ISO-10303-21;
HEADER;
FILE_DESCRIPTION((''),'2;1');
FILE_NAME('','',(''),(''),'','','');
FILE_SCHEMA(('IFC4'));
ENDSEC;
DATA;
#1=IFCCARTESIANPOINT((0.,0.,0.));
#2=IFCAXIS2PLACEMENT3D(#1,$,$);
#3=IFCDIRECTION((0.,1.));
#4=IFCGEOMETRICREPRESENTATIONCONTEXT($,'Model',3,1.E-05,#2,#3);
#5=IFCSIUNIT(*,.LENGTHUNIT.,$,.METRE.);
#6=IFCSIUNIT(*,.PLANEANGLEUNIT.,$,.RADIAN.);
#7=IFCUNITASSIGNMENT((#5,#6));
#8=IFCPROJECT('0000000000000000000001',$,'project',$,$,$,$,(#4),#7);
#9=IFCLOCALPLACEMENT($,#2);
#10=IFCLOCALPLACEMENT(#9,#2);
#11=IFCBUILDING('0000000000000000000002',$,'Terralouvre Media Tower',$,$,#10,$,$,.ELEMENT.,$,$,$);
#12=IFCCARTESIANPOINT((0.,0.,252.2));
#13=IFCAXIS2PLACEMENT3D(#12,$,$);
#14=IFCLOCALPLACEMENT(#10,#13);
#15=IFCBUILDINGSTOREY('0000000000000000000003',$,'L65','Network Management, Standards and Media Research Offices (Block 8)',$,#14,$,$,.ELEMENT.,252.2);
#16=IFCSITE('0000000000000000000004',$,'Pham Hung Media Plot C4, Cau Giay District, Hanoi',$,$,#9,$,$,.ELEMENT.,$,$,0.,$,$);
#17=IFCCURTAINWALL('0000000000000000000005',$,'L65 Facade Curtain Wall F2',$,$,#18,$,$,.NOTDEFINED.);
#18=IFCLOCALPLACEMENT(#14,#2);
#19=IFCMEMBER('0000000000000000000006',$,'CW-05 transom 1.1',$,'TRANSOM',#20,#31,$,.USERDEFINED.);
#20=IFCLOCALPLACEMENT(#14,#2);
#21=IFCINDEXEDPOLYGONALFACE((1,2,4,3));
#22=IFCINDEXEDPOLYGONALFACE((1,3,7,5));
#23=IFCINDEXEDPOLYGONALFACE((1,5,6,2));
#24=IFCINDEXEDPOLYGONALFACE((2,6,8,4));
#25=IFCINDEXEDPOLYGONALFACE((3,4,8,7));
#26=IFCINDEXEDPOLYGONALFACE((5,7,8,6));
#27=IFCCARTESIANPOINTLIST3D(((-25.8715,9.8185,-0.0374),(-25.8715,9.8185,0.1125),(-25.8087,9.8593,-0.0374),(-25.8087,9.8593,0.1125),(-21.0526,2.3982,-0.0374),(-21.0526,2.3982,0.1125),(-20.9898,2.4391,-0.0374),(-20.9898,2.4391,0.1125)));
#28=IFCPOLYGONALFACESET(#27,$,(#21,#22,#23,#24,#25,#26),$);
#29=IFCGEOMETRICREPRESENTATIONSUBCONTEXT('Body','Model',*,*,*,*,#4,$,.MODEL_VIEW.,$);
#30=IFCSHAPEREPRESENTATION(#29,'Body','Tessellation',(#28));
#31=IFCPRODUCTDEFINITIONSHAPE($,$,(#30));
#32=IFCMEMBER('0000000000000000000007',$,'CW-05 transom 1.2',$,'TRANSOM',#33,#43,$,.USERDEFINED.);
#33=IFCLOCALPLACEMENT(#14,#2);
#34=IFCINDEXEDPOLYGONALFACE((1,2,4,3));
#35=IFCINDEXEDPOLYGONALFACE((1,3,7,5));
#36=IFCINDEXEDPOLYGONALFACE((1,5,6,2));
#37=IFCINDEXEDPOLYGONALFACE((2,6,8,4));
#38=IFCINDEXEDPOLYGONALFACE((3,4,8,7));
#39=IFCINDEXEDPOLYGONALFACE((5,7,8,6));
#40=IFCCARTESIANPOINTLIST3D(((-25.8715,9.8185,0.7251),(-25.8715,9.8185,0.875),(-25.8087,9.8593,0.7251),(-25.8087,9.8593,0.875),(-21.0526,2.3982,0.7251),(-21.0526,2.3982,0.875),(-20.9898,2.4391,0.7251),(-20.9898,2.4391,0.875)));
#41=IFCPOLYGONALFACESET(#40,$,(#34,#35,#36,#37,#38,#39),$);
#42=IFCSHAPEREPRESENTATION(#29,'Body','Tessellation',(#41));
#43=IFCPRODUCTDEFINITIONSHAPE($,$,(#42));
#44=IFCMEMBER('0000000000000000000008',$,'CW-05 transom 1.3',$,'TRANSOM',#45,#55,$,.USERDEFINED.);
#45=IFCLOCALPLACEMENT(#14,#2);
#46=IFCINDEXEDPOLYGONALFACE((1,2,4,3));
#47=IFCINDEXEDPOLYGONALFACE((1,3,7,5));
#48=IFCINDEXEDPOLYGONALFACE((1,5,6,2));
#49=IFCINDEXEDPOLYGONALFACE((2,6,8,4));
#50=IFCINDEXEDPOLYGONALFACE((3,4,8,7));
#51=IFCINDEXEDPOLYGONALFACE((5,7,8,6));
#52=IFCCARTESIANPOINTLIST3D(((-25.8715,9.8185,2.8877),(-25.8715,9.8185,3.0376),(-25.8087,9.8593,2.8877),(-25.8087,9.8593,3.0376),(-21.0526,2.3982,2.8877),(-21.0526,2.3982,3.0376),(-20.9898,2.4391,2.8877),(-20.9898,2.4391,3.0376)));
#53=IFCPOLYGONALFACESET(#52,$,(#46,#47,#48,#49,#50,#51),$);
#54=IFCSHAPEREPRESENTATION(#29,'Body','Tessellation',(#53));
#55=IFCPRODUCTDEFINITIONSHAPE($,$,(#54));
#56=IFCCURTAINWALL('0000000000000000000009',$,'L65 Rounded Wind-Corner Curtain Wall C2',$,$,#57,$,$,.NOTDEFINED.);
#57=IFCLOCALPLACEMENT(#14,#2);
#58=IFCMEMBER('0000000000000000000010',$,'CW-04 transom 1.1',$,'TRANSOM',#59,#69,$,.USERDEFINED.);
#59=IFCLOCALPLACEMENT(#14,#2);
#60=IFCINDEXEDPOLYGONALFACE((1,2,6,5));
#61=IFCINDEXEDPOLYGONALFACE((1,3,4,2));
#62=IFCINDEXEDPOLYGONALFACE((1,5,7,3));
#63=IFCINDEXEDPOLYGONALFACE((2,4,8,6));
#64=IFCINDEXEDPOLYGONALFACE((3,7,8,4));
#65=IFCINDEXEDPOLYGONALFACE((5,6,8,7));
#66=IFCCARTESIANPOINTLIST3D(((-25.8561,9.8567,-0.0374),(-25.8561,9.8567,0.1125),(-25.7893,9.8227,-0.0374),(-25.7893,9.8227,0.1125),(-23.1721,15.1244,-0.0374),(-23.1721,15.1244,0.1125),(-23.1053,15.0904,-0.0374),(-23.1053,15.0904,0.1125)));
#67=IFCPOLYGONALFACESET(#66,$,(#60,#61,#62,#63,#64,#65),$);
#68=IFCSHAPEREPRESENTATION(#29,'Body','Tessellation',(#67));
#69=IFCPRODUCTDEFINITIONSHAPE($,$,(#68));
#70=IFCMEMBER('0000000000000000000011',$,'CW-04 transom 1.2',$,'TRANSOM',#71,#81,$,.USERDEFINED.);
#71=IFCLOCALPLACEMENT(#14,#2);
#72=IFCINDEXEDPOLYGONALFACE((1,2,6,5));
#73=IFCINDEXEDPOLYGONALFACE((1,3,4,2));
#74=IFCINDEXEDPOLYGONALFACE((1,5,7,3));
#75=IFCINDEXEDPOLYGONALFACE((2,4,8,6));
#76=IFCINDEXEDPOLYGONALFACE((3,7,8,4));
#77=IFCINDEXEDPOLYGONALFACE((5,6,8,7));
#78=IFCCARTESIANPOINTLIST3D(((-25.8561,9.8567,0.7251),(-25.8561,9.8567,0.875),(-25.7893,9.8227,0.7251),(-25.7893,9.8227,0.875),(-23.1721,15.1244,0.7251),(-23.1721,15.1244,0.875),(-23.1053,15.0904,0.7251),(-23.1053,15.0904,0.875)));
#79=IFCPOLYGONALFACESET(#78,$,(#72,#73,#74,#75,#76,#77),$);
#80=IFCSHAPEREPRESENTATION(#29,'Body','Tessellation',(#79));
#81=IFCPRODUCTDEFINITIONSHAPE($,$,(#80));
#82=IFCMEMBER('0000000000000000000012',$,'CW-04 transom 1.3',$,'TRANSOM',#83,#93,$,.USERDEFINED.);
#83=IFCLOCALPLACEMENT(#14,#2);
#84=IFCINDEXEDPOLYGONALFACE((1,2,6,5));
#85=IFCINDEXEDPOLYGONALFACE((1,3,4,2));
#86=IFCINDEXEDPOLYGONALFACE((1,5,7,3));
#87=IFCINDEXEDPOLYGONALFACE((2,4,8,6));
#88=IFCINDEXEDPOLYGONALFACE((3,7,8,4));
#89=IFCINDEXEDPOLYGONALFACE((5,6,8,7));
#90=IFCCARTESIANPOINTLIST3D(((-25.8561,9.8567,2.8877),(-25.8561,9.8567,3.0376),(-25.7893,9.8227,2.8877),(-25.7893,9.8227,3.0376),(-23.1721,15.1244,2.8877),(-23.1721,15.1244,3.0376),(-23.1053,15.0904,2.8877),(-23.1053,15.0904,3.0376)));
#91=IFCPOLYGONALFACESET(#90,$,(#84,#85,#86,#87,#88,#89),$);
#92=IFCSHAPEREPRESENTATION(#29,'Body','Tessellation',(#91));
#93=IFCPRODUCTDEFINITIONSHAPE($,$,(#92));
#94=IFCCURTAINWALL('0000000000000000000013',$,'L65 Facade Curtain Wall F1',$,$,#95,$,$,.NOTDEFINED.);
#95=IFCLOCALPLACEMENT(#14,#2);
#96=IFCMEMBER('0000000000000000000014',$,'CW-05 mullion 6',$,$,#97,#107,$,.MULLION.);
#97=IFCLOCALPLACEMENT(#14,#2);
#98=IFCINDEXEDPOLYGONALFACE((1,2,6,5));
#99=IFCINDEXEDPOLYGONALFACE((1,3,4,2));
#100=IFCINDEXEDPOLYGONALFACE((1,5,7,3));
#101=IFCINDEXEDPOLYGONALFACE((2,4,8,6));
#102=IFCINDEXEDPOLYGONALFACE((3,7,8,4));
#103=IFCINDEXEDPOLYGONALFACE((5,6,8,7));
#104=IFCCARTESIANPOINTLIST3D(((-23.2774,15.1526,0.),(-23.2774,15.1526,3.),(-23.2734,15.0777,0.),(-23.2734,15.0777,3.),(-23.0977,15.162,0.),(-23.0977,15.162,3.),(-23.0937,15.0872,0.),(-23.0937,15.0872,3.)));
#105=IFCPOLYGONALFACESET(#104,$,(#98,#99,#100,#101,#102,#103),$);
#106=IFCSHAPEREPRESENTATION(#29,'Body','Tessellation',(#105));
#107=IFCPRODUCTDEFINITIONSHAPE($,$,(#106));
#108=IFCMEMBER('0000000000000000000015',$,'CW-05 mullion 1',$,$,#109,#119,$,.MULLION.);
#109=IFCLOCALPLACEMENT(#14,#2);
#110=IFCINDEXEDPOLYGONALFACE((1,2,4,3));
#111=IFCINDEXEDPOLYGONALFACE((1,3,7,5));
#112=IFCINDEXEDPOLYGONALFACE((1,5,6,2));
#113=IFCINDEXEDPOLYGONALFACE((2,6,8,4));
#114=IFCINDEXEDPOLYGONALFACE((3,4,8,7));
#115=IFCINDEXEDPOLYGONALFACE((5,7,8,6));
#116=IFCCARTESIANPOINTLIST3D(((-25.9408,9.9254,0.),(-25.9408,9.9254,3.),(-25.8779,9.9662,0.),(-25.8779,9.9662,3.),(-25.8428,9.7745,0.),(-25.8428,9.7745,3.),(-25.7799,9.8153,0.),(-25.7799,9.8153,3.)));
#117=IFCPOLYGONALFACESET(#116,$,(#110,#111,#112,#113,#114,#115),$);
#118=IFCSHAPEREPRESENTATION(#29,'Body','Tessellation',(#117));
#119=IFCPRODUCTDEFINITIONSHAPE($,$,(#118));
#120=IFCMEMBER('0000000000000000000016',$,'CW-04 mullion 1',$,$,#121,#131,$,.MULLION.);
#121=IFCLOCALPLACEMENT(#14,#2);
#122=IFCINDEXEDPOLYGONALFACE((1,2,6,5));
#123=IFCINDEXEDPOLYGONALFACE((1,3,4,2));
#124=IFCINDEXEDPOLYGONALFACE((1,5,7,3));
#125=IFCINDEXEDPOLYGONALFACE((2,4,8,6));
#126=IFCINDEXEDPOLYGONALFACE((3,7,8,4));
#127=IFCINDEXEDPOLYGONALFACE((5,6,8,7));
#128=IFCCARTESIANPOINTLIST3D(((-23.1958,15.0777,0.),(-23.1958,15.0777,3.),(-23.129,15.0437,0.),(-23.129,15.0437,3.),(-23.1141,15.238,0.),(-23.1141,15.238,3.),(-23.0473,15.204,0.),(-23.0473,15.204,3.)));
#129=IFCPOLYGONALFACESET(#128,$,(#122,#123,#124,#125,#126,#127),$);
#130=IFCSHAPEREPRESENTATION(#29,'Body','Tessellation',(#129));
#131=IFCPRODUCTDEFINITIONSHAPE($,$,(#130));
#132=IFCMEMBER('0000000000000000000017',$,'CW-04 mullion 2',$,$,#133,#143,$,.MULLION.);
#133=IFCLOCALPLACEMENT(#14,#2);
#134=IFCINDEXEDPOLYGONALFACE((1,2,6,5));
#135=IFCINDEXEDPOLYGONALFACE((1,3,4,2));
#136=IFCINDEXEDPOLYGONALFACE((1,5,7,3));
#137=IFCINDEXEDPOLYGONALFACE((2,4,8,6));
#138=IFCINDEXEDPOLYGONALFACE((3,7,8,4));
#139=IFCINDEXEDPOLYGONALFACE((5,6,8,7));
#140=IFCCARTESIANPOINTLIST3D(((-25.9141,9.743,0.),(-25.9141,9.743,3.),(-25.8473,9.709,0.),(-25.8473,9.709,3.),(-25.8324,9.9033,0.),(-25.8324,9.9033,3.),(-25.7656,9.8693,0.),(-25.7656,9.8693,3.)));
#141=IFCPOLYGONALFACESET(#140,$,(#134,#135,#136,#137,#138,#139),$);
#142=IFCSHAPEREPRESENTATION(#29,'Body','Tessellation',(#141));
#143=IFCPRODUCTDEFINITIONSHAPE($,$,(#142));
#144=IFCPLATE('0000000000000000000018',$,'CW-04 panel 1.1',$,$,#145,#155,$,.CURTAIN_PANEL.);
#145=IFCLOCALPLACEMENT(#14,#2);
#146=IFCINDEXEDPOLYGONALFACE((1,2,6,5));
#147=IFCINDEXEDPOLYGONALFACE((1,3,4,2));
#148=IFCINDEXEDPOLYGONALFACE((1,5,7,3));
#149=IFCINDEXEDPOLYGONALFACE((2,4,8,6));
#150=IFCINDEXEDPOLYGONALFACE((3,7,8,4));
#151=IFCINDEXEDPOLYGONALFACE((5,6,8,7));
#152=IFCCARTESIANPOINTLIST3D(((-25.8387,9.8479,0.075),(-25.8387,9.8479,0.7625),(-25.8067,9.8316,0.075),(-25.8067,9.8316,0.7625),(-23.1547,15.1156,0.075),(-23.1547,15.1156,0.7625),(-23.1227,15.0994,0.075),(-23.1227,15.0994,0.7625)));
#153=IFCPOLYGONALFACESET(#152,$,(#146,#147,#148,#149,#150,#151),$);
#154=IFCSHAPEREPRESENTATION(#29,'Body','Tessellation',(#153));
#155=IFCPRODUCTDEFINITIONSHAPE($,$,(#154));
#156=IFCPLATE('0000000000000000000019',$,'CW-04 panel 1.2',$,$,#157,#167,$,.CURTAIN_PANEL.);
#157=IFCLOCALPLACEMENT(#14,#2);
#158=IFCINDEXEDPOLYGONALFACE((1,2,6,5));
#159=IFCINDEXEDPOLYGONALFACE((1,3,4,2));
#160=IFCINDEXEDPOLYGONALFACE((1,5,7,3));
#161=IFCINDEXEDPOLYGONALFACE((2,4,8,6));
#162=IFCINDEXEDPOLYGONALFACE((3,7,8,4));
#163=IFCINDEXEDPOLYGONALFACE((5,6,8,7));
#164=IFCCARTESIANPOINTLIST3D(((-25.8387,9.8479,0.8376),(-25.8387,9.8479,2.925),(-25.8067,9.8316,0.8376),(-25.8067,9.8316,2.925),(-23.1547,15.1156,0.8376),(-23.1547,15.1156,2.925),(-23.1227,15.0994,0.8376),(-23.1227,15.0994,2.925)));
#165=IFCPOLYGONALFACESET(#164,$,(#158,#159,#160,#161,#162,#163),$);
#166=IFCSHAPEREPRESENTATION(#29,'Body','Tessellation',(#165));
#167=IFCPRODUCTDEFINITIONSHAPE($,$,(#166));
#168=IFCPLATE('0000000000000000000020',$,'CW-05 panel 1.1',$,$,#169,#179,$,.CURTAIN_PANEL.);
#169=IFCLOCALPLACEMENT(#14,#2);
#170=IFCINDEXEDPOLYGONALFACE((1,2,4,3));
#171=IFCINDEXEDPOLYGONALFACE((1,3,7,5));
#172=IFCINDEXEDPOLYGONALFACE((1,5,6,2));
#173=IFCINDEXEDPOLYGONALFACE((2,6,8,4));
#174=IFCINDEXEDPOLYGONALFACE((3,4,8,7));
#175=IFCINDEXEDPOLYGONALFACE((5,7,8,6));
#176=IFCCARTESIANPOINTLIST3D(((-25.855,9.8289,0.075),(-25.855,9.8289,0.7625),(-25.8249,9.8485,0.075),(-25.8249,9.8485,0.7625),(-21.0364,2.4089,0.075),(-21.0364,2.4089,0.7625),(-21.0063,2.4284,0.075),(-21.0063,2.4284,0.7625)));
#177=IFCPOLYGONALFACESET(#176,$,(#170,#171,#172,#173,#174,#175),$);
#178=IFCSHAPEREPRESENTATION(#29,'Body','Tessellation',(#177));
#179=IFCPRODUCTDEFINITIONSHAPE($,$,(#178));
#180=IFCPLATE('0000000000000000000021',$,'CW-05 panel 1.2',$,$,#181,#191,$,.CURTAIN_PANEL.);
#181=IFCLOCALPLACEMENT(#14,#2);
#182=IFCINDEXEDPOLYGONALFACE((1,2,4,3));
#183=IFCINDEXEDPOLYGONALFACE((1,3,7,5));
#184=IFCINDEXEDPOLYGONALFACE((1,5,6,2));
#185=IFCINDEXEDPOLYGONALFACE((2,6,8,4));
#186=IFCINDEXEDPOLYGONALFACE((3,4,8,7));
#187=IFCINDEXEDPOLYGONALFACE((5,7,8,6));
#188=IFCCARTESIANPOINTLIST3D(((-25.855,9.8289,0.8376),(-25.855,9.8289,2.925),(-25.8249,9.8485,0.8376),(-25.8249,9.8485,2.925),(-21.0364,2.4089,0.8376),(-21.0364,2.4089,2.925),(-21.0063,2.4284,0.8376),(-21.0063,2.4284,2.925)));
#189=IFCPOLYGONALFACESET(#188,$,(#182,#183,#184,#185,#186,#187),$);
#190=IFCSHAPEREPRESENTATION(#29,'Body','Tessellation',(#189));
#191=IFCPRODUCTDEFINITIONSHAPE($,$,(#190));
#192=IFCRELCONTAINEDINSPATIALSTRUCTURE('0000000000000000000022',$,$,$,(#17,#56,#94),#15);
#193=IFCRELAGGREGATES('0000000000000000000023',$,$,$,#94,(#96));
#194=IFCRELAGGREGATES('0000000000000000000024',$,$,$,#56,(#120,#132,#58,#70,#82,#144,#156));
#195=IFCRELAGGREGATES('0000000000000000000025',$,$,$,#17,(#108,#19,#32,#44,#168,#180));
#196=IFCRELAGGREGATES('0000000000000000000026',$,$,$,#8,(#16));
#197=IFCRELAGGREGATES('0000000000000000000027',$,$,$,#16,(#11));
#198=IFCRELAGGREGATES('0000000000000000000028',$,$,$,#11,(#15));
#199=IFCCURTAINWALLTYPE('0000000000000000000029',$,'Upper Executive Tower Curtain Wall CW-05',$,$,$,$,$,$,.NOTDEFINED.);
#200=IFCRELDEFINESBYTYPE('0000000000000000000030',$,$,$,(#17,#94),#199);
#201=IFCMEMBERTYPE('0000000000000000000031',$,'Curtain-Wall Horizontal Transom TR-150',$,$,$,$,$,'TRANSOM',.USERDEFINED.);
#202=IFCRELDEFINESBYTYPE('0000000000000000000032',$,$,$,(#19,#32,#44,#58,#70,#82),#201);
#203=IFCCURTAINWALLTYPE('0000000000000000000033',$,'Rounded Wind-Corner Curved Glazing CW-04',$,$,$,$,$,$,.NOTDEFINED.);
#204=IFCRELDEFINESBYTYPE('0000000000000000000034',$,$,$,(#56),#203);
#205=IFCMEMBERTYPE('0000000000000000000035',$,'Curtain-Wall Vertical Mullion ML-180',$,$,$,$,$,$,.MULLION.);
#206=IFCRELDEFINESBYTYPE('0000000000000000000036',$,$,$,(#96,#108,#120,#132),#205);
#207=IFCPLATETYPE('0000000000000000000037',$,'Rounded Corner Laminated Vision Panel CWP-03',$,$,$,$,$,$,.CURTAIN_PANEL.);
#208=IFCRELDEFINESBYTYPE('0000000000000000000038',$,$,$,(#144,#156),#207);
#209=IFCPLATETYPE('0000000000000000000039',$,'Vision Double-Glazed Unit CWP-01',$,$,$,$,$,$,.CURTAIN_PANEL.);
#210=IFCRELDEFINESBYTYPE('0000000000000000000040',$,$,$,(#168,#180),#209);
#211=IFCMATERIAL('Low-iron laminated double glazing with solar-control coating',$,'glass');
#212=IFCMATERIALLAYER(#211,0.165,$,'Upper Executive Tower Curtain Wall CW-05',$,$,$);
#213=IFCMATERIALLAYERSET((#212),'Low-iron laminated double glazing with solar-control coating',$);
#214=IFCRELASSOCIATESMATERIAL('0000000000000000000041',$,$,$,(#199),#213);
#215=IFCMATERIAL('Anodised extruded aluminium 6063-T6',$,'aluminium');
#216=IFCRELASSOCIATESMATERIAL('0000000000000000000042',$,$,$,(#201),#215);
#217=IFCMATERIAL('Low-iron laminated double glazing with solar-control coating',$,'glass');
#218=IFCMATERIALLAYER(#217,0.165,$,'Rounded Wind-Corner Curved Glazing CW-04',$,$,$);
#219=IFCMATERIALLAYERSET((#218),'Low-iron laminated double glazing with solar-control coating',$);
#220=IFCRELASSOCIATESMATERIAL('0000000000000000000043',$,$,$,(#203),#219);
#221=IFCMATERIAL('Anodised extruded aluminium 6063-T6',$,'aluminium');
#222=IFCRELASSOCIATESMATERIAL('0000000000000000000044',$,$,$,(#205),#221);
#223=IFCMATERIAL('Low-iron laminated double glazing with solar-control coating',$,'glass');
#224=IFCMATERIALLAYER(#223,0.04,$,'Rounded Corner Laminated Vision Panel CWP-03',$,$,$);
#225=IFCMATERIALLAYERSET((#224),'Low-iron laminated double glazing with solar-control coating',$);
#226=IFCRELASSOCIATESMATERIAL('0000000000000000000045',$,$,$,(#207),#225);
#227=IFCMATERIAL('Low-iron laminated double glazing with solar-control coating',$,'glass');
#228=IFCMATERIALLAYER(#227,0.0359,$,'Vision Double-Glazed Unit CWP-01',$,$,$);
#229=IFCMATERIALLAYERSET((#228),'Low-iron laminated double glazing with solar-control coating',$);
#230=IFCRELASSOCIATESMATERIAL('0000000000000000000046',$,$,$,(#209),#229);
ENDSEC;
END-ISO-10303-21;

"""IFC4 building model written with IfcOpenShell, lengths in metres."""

from ifc_helpers import new_model, si_unit, direction, frame, origin, origin_2d, place, context, subcontext, project, spatial, rectangle, extrude, material, layer, layer_set, material_profile, profile_set, type_object, element, aggregate, save


model = new_model("IFC4")

# Units and contexts
model_context = context("Model", 3, precision=1e-05, world=origin(), true_north=direction((0.0, 1.0)))
body_context = subcontext(model_context, "Body", "Model", "MODEL_VIEW")
ifc_project = project(units=[si_unit("LENGTHUNIT", "METRE"), si_unit("PLANEANGLEUNIT", "RADIAN")], contexts=[model_context])

# Site, building, storey
site_placement = place(None, origin())
site = spatial("IfcSite", under=ifc_project, at=site_placement, Name="Pham Hung Media Plot C4, Cau Giay District, Hanoi", CompositionType="ELEMENT", RefElevation=0.0)
building_placement = place(site_placement, origin())
building = spatial("IfcBuilding", under=site, at=building_placement, Name="Terralouvre Media Tower", CompositionType="ELEMENT")
storey_placement = place(building_placement, frame((0.0, 0.0, 252.2)))
storey = spatial("IfcBuildingStorey", under=building, at=storey_placement, Name="L65", Description="Network Management, Standards and Media Research Offices (Block 8)", CompositionType="ELEMENT", Elevation=252.2)

# Curtain walls, members
ifc_material_1 = material(Name="Low-iron laminated double glazing with solar-control coating", Category="glass")
ifc_layer_1 = layer(ifc_material_1, 0.165, Name="Upper Executive Tower Curtain Wall CW-05")
ifc_layer_set_1 = layer_set([ifc_layer_1], Name="Low-iron laminated double glazing with solar-control coating")
curtain_wall_type_1 = type_object("IfcCurtainWallType", Name="Upper Executive Tower Curtain Wall CW-05", PredefinedType="NOTDEFINED", material=ifc_layer_set_1)
curtain_wall_1_placement = place(storey_placement, origin())
curtain_wall_1 = element("IfcCurtainWall", 1, at=curtain_wall_1_placement, inside=storey, type_object=curtain_wall_type_1, Name="L65 Facade Curtain Wall F2", PredefinedType="NOTDEFINED")
ifc_material_2 = material(Name="Anodised extruded aluminium 6063-T6", Category="aluminium")
ifc_material_profile_1 = material_profile(ifc_material_2, rectangle(XDim=0.075, YDim=0.1499, at=origin_2d()), Name="ALU 75x150")
ifc_profile_set_1 = profile_set([ifc_material_profile_1], Name="Anodised extruded aluminium 6063-T6")
member_type_1 = type_object("IfcMemberType", Name="Curtain-Wall Horizontal Transom TR-150", ElementType="TRANSOM", PredefinedType="USERDEFINED", material=ifc_profile_set_1)
member_1_placement = place(storey_placement, frame((-25.8401, 9.8389, 0.0376), z_axis=(0.54465, -0.838664, 0.0), x_axis=(0.838664, 0.54465, 0.0)))
member_1 = element("IfcMember", 2, at=member_1_placement, type_object=member_type_1, Name="CW-05 transom 1.1", ObjectType="TRANSOM", PredefinedType="USERDEFINED", context=body_context, shape_type="SweptSolid", body=[
    extrude(rectangle(XDim=0.075, YDim=0.1499, at=origin_2d()), origin(), (0.0, 0.0, 1.0), 8.8477),
])
member_2_placement = place(storey_placement, frame((-25.8401, 9.8389, 0.8), z_axis=(0.54465, -0.838664, 0.0), x_axis=(0.838664, 0.54465, 0.0)))
member_2 = element("IfcMember", 3, at=member_2_placement, type_object=member_type_1, Name="CW-05 transom 1.2", ObjectType="TRANSOM", PredefinedType="USERDEFINED", context=body_context, shape_type="SweptSolid", body=[
    extrude(rectangle(XDim=0.075, YDim=0.1499, at=origin_2d()), origin(), (0.0, 0.0, 1.0), 8.8477),
])
member_3_placement = place(storey_placement, frame((-25.8401, 9.8389, 2.9626), z_axis=(0.54465, -0.838664, 0.0), x_axis=(0.838664, 0.54465, 0.0)))
member_3 = element("IfcMember", 4, at=member_3_placement, type_object=member_type_1, Name="CW-05 transom 1.3", ObjectType="TRANSOM", PredefinedType="USERDEFINED", context=body_context, shape_type="SweptSolid", body=[
    extrude(rectangle(XDim=0.075, YDim=0.1499, at=origin_2d()), origin(), (0.0, 0.0, 1.0), 8.8477),
])
ifc_material_3 = material(Name="Low-iron laminated double glazing with solar-control coating", Category="glass")
ifc_layer_2 = layer(ifc_material_3, 0.165, Name="Rounded Wind-Corner Curved Glazing CW-04")
ifc_layer_set_2 = layer_set([ifc_layer_2], Name="Low-iron laminated double glazing with solar-control coating")
curtain_wall_type_2 = type_object("IfcCurtainWallType", Name="Rounded Wind-Corner Curved Glazing CW-04", PredefinedType="NOTDEFINED", material=ifc_layer_set_2)
curtain_wall_2_placement = place(storey_placement, origin())
curtain_wall_2 = element("IfcCurtainWall", 5, at=curtain_wall_2_placement, inside=storey, type_object=curtain_wall_type_2, Name="L65 Rounded Wind-Corner Curtain Wall C2", PredefinedType="NOTDEFINED")
member_4_placement = place(storey_placement, frame((-23.1387, 15.1074, 0.0376), z_axis=(-0.453989, -0.891007, 0.0), x_axis=(0.891007, -0.453989, 0.0)))
member_4 = element("IfcMember", 6, at=member_4_placement, type_object=member_type_1, Name="CW-04 transom 1.1", ObjectType="TRANSOM", PredefinedType="USERDEFINED", context=body_context, shape_type="SweptSolid", body=[
    extrude(rectangle(XDim=0.075, YDim=0.1499, at=origin_2d()), origin(), (0.0, 0.0, 1.0), 5.9121),
])
member_5_placement = place(storey_placement, frame((-23.1387, 15.1074, 0.8), z_axis=(-0.453989, -0.891007, 0.0), x_axis=(0.891007, -0.453989, 0.0)))
member_5 = element("IfcMember", 7, at=member_5_placement, type_object=member_type_1, Name="CW-04 transom 1.2", ObjectType="TRANSOM", PredefinedType="USERDEFINED", context=body_context, shape_type="SweptSolid", body=[
    extrude(rectangle(XDim=0.075, YDim=0.1499, at=origin_2d()), origin(), (0.0, 0.0, 1.0), 5.9121),
])
member_6_placement = place(storey_placement, frame((-23.1387, 15.1074, 2.9626), z_axis=(-0.453989, -0.891007, 0.0), x_axis=(0.891007, -0.453989, 0.0)))
member_6 = element("IfcMember", 8, at=member_6_placement, type_object=member_type_1, Name="CW-04 transom 1.3", ObjectType="TRANSOM", PredefinedType="USERDEFINED", context=body_context, shape_type="SweptSolid", body=[
    extrude(rectangle(XDim=0.075, YDim=0.1499, at=origin_2d()), origin(), (0.0, 0.0, 1.0), 5.9121),
])

# Curtain wall, member
curtain_wall_3_placement = place(storey_placement, origin())
curtain_wall_3 = element("IfcCurtainWall", 9, at=curtain_wall_3_placement, inside=storey, type_object=curtain_wall_type_1, Name="L65 Facade Curtain Wall F1", PredefinedType="NOTDEFINED")
ifc_material_4 = material(Name="Anodised extruded aluminium 6063-T6", Category="aluminium")
ifc_material_profile_2 = material_profile(ifc_material_4, rectangle(XDim=0.075, YDim=0.1799, at=origin_2d()), Name="ALU 75x180")
ifc_profile_set_2 = profile_set([ifc_material_profile_2], Name="Anodised extruded aluminium 6063-T6")
member_type_2 = type_object("IfcMemberType", Name="Curtain-Wall Vertical Mullion ML-180", PredefinedType="MULLION", material=ifc_profile_set_2)
member_7_placement = place(storey_placement, frame((-23.1855, 15.1199, 0.0), z_axis=(0.0, 0.0, 1.0), x_axis=(0.052336, -0.99863, 0.0)))
member_7 = element("IfcMember", 10, at=member_7_placement, type_object=member_type_2, Name="CW-05 mullion 6", PredefinedType="MULLION", context=body_context, shape_type="SweptSolid", body=[
    extrude(rectangle(XDim=0.075, YDim=0.1799, at=origin_2d()), origin(), (0.0, 0.0, 1.0), 3.0),
])
aggregate(curtain_wall_3, [member_7])

# Members
member_8_placement = place(storey_placement, frame((-25.8604, 9.8704, 0.0), z_axis=(0.0, 0.0, 1.0), x_axis=(0.838671, 0.544639, 0.0)))
member_8 = element("IfcMember", 11, at=member_8_placement, type_object=member_type_2, Name="CW-05 mullion 1", PredefinedType="MULLION", context=body_context, shape_type="SweptSolid", body=[
    extrude(rectangle(XDim=0.075, YDim=0.1799, at=origin_2d()), origin(), (0.0, 0.0, 1.0), 3.0),
])
member_9_placement = place(storey_placement, frame((-23.1216, 15.1409, 0.0), z_axis=(0.0, 0.0, 1.0), x_axis=(0.891007, -0.45399, 0.0)))
member_9 = element("IfcMember", 12, at=member_9_placement, type_object=member_type_2, Name="CW-04 mullion 1", PredefinedType="MULLION", context=body_context, shape_type="SweptSolid", body=[
    extrude(rectangle(XDim=0.075, YDim=0.1799, at=origin_2d()), origin(), (0.0, 0.0, 1.0), 3.0),
])
member_10_placement = place(storey_placement, frame((-25.8398, 9.8062, 0.0), z_axis=(0.0, 0.0, 1.0), x_axis=(0.891007, -0.45399, 0.0)))
member_10 = element("IfcMember", 13, at=member_10_placement, type_object=member_type_2, Name="CW-04 mullion 2", PredefinedType="MULLION", context=body_context, shape_type="SweptSolid", body=[
    extrude(rectangle(XDim=0.075, YDim=0.1799, at=origin_2d()), origin(), (0.0, 0.0, 1.0), 3.0),
])

# Plates
ifc_material_5 = material(Name="Low-iron laminated double glazing with solar-control coating", Category="glass")
ifc_layer_3 = layer(ifc_material_5, 0.04, Name="Rounded Corner Laminated Vision Panel CWP-03")
ifc_layer_set_3 = layer_set([ifc_layer_3], Name="Low-iron laminated double glazing with solar-control coating")
plate_type_1 = type_object("IfcPlateType", Name="Rounded Corner Laminated Vision Panel CWP-03", PredefinedType="CURTAIN_PANEL", material=ifc_layer_set_3)
plate_1_placement = place(storey_placement, frame((-24.4807, 12.4736, 0.075), z_axis=(0.0, 0.0, 1.0), x_axis=(-0.45399, -0.891007, 0.0)))
plate_1 = element("IfcPlate", 14, at=plate_1_placement, type_object=plate_type_1, Name="CW-04 panel 1.1", PredefinedType="CURTAIN_PANEL", context=body_context, shape_type="SweptSolid", body=[
    extrude(rectangle(XDim=5.9121, YDim=0.0359, at=origin_2d()), origin(), (0.0, 0.0, 1.0), 0.6875),
])
plate_2_placement = place(storey_placement, frame((-24.4807, 12.4736, 0.8376), z_axis=(0.0, 0.0, 1.0), x_axis=(-0.45399, -0.891007, 0.0)))
plate_2 = element("IfcPlate", 15, at=plate_2_placement, type_object=plate_type_1, Name="CW-04 panel 1.2", PredefinedType="CURTAIN_PANEL", context=body_context, shape_type="SweptSolid", body=[
    extrude(rectangle(XDim=5.9121, YDim=0.0359, at=origin_2d()), origin(), (0.0, 0.0, 1.0), 2.0874),
])
aggregate(curtain_wall_2, [member_9, member_10, member_4, member_5, member_6, plate_1, plate_2])
ifc_material_6 = material(Name="Low-iron laminated double glazing with solar-control coating", Category="glass")
ifc_layer_4 = layer(ifc_material_6, 0.0359, Name="Vision Double-Glazed Unit CWP-01")
ifc_layer_set_4 = layer_set([ifc_layer_4], Name="Low-iron laminated double glazing with solar-control coating")
plate_type_2 = type_object("IfcPlateType", Name="Vision Double-Glazed Unit CWP-01", PredefinedType="CURTAIN_PANEL", material=ifc_layer_set_4)
plate_3_placement = place(storey_placement, frame((-23.4307, 6.1287, 0.075), z_axis=(0.0, 0.0, 1.0), x_axis=(0.544639, -0.838671, 0.0)))
plate_3 = element("IfcPlate", 16, at=plate_3_placement, type_object=plate_type_2, Name="CW-05 panel 1.1", PredefinedType="CURTAIN_PANEL", context=body_context, shape_type="SweptSolid", body=[
    extrude(rectangle(XDim=8.8474, YDim=0.0359, at=origin_2d()), origin(), (0.0, 0.0, 1.0), 0.6875),
])
plate_4_placement = place(storey_placement, frame((-23.4307, 6.1287, 0.8376), z_axis=(0.0, 0.0, 1.0), x_axis=(0.544639, -0.838671, 0.0)))
plate_4 = element("IfcPlate", 17, at=plate_4_placement, type_object=plate_type_2, Name="CW-05 panel 1.2", PredefinedType="CURTAIN_PANEL", context=body_context, shape_type="SweptSolid", body=[
    extrude(rectangle(XDim=8.8474, YDim=0.0359, at=origin_2d()), origin(), (0.0, 0.0, 1.0), 2.0874),
])
aggregate(curtain_wall_1, [member_8, member_1, member_2, member_3, plate_3, plate_4])

save(model, "model.ifc")
